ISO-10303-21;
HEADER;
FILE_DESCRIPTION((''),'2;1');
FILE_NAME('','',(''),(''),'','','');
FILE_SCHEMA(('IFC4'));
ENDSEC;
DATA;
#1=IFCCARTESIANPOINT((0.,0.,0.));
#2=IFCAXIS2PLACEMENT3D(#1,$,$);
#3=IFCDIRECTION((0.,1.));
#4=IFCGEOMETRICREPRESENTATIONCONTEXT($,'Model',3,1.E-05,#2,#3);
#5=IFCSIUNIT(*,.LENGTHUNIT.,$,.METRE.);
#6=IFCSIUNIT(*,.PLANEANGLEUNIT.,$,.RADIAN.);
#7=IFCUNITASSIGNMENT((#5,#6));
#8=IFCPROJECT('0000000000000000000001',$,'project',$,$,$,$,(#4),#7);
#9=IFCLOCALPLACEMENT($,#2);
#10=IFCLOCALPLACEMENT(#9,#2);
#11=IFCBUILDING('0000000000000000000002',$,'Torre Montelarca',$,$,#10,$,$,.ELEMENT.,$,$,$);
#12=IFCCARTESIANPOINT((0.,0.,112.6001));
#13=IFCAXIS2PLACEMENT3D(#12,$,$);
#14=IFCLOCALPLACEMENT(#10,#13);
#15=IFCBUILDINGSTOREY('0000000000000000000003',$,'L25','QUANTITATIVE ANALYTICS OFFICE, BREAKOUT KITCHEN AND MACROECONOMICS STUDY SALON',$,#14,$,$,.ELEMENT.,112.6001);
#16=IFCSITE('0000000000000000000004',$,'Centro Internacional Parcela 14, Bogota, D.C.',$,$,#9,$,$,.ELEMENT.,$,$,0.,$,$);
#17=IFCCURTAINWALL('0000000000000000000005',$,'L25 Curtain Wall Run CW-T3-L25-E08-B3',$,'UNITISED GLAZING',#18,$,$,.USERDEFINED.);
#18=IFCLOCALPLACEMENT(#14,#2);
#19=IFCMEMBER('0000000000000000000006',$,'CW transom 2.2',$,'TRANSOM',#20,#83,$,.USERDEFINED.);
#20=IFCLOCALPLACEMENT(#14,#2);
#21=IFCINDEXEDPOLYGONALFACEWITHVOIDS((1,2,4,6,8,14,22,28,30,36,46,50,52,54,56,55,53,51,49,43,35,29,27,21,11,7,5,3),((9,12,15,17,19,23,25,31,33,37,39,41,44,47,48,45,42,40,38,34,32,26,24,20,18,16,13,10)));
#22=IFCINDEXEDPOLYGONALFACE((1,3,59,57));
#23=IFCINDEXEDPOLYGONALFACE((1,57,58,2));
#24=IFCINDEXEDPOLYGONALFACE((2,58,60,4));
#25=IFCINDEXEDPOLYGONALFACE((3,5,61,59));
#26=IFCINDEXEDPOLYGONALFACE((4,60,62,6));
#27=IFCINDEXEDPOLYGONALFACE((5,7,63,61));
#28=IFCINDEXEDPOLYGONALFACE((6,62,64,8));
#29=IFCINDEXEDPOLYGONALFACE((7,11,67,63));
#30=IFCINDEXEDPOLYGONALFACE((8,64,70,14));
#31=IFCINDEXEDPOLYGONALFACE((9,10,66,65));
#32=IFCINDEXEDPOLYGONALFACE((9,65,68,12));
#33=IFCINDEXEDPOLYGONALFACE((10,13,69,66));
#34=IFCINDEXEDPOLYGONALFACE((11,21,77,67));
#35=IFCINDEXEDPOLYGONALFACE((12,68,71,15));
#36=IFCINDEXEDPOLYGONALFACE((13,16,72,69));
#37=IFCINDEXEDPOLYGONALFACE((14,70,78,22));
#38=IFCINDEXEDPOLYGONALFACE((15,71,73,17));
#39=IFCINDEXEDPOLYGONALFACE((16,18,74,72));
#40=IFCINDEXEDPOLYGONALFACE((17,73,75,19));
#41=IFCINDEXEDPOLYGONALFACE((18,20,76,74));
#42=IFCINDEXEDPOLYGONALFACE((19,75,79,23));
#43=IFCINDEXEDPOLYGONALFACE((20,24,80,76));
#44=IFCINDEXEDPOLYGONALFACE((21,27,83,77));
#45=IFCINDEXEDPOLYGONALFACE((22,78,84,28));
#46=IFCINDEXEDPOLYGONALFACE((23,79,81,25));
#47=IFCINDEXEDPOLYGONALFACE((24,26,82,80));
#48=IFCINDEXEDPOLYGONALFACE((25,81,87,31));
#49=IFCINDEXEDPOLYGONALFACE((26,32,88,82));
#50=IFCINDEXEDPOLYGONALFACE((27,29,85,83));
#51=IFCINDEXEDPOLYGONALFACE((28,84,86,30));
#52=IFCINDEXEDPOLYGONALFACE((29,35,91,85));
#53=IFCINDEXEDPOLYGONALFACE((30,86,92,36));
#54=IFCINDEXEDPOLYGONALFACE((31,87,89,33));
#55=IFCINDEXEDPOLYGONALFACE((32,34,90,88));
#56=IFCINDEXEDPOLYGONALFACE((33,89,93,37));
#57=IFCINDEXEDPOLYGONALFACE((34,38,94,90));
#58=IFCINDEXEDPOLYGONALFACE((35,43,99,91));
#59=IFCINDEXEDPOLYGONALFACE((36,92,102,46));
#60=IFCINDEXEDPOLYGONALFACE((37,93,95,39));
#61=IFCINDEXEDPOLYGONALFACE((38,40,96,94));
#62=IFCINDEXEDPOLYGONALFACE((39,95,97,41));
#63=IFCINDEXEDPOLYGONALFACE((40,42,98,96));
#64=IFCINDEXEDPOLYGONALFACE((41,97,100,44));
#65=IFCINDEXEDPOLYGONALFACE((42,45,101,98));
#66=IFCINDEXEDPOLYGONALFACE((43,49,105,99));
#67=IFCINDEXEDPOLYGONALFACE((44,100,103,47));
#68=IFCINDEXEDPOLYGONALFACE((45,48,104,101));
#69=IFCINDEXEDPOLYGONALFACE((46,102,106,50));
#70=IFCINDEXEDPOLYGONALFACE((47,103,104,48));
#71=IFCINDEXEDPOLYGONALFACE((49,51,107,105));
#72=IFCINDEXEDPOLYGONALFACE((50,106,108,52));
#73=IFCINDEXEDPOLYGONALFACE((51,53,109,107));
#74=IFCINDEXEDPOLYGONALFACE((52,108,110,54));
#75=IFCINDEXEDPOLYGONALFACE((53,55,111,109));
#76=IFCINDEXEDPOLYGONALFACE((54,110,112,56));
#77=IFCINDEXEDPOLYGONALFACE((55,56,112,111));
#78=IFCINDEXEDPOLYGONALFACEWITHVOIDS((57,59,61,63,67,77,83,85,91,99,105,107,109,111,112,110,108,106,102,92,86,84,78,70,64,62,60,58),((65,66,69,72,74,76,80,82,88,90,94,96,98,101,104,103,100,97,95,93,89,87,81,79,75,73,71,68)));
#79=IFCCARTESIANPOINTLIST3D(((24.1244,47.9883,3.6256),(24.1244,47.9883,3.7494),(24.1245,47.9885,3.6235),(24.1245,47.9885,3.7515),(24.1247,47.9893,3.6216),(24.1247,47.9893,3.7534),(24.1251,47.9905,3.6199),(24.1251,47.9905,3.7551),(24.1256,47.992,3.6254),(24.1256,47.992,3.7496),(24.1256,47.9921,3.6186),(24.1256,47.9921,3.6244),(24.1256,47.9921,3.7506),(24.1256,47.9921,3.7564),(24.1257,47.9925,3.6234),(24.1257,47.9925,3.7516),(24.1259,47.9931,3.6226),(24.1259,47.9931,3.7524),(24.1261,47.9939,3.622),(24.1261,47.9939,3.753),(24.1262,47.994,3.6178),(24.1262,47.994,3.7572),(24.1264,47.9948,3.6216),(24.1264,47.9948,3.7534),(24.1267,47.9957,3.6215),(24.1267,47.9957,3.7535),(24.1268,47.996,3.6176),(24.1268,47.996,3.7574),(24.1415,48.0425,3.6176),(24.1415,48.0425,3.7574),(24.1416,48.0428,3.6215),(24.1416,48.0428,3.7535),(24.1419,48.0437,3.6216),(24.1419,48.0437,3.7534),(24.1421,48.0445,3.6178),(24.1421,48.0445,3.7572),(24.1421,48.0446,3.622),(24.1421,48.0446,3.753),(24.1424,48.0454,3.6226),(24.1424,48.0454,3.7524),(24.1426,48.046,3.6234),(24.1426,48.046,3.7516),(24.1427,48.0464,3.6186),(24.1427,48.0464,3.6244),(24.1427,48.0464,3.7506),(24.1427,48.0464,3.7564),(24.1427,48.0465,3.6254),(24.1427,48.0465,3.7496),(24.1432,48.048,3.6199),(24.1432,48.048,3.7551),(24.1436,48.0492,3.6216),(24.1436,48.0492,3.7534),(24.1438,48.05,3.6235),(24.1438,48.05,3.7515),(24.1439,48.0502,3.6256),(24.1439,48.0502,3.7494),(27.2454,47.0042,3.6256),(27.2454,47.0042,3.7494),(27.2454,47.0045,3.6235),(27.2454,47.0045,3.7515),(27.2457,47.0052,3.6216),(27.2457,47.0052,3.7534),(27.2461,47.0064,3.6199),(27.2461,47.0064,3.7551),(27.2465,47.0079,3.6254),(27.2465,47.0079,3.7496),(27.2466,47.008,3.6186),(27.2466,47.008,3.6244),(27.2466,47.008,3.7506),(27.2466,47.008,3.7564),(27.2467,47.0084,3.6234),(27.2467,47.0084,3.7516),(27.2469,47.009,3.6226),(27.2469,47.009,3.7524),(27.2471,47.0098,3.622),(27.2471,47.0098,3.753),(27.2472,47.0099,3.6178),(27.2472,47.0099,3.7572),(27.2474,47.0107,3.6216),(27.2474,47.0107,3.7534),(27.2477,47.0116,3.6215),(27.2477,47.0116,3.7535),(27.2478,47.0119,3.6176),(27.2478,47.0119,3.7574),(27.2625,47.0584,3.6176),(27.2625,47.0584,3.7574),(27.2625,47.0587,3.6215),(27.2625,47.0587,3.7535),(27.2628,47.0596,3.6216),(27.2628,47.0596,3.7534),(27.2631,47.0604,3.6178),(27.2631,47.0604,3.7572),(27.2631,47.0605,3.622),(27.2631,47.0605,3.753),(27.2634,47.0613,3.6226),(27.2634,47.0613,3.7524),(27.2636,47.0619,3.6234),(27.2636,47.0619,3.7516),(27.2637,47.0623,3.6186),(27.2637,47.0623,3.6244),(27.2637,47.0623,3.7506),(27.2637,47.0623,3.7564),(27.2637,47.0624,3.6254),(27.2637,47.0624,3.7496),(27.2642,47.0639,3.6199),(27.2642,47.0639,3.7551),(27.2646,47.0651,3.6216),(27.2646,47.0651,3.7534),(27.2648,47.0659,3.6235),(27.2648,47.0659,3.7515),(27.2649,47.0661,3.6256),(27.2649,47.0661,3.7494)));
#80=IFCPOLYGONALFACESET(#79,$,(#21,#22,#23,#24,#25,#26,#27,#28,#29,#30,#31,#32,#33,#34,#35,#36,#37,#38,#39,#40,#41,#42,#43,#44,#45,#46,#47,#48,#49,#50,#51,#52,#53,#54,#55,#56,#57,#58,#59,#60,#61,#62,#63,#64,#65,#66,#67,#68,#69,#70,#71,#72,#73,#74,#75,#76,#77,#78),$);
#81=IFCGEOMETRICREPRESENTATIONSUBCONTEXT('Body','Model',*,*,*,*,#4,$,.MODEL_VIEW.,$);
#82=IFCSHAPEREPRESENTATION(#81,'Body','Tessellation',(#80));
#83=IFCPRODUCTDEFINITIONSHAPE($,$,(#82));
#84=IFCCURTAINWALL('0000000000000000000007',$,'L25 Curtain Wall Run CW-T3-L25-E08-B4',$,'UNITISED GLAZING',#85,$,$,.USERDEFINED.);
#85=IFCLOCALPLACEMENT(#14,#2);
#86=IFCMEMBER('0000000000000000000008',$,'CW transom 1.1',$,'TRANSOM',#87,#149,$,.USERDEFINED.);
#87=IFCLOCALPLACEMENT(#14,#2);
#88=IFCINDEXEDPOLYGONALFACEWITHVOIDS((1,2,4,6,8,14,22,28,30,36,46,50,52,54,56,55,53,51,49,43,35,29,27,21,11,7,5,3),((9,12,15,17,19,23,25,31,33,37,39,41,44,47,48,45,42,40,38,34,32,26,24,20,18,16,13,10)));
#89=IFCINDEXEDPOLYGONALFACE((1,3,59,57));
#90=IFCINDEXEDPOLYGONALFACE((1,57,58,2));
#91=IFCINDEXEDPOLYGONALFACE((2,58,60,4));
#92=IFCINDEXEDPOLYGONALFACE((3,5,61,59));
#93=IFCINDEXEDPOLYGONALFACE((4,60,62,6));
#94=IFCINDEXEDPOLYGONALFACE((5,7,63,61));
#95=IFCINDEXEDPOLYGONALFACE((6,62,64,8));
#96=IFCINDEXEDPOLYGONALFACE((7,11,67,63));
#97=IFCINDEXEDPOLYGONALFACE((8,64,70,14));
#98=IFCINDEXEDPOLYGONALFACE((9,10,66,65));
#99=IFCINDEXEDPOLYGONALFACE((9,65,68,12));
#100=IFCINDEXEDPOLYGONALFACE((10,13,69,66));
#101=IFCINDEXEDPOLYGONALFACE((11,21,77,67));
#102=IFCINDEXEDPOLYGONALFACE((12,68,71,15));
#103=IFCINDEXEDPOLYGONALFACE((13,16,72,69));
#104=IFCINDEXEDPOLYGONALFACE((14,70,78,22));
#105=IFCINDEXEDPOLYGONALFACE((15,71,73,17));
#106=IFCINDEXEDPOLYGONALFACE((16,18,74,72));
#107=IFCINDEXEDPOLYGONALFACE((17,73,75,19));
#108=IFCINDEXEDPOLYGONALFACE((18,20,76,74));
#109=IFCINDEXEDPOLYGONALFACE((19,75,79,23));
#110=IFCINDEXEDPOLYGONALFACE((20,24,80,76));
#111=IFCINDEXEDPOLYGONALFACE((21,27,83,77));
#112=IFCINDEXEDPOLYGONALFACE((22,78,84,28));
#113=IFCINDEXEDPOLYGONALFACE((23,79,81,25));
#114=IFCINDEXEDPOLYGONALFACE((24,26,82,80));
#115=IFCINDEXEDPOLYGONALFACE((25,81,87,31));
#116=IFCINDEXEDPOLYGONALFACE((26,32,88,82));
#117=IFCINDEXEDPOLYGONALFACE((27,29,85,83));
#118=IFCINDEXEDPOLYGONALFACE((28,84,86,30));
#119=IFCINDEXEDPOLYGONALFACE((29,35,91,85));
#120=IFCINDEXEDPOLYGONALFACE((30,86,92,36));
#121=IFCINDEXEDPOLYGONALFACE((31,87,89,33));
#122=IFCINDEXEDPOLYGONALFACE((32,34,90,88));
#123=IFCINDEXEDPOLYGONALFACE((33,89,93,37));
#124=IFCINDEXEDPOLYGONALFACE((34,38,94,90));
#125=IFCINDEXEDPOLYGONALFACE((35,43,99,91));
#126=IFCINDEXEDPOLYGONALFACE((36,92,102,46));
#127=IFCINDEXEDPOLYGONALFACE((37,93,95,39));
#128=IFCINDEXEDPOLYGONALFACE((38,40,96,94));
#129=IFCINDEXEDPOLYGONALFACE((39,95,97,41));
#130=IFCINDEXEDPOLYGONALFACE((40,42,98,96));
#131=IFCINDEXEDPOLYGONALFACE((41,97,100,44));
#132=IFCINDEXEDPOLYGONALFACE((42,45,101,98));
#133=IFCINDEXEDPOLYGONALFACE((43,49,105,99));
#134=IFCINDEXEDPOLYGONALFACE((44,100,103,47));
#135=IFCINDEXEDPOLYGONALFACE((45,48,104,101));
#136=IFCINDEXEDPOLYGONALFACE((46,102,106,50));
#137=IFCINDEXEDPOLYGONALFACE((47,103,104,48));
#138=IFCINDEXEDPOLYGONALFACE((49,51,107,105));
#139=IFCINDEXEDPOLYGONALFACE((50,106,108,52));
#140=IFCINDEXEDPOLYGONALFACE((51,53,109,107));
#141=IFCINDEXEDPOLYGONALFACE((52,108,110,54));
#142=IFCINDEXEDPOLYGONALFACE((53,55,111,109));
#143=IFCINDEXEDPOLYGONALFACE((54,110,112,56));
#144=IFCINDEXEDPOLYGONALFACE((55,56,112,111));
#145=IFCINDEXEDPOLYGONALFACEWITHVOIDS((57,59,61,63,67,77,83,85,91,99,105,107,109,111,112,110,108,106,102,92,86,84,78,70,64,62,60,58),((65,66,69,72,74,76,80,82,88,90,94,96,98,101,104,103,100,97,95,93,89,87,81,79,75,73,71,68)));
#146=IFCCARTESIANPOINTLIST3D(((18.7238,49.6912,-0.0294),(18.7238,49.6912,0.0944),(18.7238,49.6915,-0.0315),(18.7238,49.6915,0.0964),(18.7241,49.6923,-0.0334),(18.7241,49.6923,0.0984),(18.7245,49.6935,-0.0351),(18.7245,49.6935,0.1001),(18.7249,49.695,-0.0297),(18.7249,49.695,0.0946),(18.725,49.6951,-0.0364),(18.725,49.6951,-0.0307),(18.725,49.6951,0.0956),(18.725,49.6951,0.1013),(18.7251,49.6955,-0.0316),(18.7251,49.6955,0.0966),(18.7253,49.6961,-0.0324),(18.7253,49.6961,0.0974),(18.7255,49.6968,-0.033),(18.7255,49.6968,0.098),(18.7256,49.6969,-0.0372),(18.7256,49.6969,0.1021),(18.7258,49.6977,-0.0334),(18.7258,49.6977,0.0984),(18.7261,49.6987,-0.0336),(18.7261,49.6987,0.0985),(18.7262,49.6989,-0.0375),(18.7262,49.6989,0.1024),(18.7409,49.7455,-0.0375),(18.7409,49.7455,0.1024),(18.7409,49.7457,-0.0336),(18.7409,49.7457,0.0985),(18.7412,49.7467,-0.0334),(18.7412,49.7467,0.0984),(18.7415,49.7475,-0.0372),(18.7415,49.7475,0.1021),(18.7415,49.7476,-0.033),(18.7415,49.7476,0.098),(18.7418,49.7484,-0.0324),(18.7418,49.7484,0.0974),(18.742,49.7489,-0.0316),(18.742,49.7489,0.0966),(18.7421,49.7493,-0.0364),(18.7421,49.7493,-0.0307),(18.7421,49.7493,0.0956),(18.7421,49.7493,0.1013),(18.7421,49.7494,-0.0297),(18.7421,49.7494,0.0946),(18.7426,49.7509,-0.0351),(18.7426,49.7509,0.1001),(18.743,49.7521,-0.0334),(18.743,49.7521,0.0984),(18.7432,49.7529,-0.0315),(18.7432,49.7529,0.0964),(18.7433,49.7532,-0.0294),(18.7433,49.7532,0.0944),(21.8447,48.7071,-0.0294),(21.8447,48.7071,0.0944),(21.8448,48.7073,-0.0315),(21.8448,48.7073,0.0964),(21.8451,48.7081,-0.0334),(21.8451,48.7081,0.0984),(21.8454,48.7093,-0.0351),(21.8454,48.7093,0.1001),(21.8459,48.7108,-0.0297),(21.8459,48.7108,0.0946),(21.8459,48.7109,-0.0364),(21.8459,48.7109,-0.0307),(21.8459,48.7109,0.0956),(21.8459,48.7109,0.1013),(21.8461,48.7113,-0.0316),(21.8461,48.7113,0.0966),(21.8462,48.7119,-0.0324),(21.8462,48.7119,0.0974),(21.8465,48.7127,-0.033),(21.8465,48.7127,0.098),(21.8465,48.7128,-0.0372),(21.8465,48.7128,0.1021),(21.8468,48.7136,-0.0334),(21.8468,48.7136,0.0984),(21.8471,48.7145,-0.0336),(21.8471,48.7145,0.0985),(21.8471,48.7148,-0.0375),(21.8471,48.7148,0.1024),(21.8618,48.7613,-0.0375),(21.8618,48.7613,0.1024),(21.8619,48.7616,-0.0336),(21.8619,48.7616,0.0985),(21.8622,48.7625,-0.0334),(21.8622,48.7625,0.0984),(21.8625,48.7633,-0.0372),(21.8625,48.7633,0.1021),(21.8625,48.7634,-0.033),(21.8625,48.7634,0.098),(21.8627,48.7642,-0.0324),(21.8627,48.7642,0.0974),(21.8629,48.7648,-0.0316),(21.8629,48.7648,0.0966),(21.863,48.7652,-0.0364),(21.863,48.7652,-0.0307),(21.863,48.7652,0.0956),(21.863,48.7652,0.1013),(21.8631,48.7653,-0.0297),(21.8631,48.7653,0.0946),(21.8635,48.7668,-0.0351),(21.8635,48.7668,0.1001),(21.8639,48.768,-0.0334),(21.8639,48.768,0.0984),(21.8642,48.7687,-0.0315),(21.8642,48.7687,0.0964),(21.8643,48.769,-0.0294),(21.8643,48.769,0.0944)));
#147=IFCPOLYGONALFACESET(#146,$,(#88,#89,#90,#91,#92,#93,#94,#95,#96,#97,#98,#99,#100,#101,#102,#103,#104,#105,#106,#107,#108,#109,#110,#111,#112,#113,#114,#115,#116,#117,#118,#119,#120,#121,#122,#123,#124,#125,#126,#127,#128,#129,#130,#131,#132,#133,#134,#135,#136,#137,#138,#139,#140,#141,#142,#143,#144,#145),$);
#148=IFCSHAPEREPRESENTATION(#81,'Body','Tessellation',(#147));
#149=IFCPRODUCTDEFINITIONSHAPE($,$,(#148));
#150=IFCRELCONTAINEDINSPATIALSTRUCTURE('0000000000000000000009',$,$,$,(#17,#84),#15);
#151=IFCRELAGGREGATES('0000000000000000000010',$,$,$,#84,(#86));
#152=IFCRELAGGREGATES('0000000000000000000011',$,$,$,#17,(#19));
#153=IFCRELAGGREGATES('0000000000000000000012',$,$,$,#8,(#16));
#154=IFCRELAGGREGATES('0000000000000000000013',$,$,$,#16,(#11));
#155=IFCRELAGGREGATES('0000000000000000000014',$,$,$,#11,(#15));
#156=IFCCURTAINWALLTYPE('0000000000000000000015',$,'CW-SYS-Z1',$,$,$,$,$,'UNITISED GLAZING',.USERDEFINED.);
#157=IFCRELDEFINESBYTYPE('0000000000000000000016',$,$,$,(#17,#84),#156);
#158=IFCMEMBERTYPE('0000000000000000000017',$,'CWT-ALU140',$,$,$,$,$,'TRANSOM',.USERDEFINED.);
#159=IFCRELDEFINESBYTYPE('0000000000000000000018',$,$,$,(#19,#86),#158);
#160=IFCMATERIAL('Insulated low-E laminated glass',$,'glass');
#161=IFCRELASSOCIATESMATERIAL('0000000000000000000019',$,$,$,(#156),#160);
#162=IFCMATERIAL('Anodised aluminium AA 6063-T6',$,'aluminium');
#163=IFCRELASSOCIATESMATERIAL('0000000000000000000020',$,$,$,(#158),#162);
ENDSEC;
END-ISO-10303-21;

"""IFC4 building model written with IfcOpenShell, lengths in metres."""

from ifc_helpers import new_model, si_unit, direction, frame, origin, origin_2d, place, context, subcontext, project, spatial, hollow_rectangle, extrude, source, transform, mapped, material, material_profile, profile_set, type_object, element, aggregate, save


model = new_model("IFC4")

# Units and contexts
model_context = context("Model", 3, precision=1e-05, world=origin(), true_north=direction((0.0, 1.0)))
body_context = subcontext(model_context, "Body", "Model", "MODEL_VIEW")
ifc_project = project(units=[si_unit("LENGTHUNIT", "METRE"), si_unit("PLANEANGLEUNIT", "RADIAN")], contexts=[model_context])

# Site, building, storey
site_placement = place(None, origin())
site = spatial("IfcSite", under=ifc_project, at=site_placement, Name="Centro Internacional Parcela 14, Bogota, D.C.", CompositionType="ELEMENT", RefElevation=0.0)
building_placement = place(site_placement, origin())
building = spatial("IfcBuilding", under=site, at=building_placement, Name="Torre Montelarca", CompositionType="ELEMENT")
storey_placement = place(building_placement, frame((0.0, 0.0, 112.6001)))
storey = spatial("IfcBuildingStorey", under=building, at=storey_placement, Name="L25", Description="QUANTITATIVE ANALYTICS OFFICE, BREAKOUT KITCHEN AND MACROECONOMICS STUDY SALON", CompositionType="ELEMENT", Elevation=112.6001)

# Curtain walls, members
ifc_material_1 = material(Name="Insulated low-E laminated glass", Category="glass")
curtain_wall_type = type_object("IfcCurtainWallType", Name="CW-SYS-Z1", ElementType="UNITISED GLAZING", PredefinedType="USERDEFINED", material=ifc_material_1)
curtain_wall_1_placement = place(storey_placement, origin())
curtain_wall_1 = element("IfcCurtainWall", 1, at=curtain_wall_1_placement, inside=storey, type_object=curtain_wall_type, Name="L25 Curtain Wall Run CW-T3-L25-E08-B3", ObjectType="UNITISED GLAZING", PredefinedType="USERDEFINED")
ifc_material_2 = material(Name="Anodised aluminium AA 6063-T6", Category="aluminium")
ifc_material_profile_1 = material_profile(ifc_material_2, hollow_rectangle(XDim=0.0649, YDim=0.1399, WallThickness=0.0039, InnerFilletRadius=0.0039, OuterFilletRadius=0.0081, at=origin_2d()), Name="ALU65X140X4", Category="aluminium")
ifc_profile_set_1 = profile_set([ifc_material_profile_1], Name="Anodised aluminium AA 6063-T6")
member_type_1 = type_object("IfcMemberType", Name="CWT-ALU140", ElementType="TRANSOM", PredefinedType="USERDEFINED", material=ifc_profile_set_1)
shared_shape_1 = source(origin(), body_context, "Body", "SweptSolid", [
    extrude(hollow_rectangle(XDim=0.0649, YDim=0.1399, WallThickness=0.0039, InnerFilletRadius=0.0039, OuterFilletRadius=0.0081, at=origin_2d()), origin(), (0.0, 0.0, 1.0), 3.2725),
])
member_1_placement = place(storey_placement, frame((27.2551, 47.0352, 3.6875), z_axis=(-0.953712, 0.300721, 0.0), x_axis=(-0.300721, -0.953712, 0.0)))
member_1 = element("IfcMember", 2, at=member_1_placement, type_object=member_type_1, Name="CW transom 2.2", ObjectType="TRANSOM", PredefinedType="USERDEFINED", context=body_context, shape_type="MappedRepresentation", body=[
    mapped(shared_shape_1, transform((0.0, 0.0, 0.0), scale=1.0)),
])
curtain_wall_2_placement = place(storey_placement, origin())
curtain_wall_2 = element("IfcCurtainWall", 3, at=curtain_wall_2_placement, inside=storey, type_object=curtain_wall_type, Name="L25 Curtain Wall Run CW-T3-L25-E08-B4", ObjectType="UNITISED GLAZING", PredefinedType="USERDEFINED")
member_2_placement = place(storey_placement, frame((21.8545, 48.738, 0.0325), z_axis=(-0.953705, 0.300742, 0.0), x_axis=(-0.300742, -0.953705, 0.0)))
member_2 = element("IfcMember", 4, at=member_2_placement, type_object=member_type_1, Name="CW transom 1.1", ObjectType="TRANSOM", PredefinedType="USERDEFINED", context=body_context, shape_type="MappedRepresentation", body=[
    mapped(shared_shape_1, transform((0.0, 0.0, 0.0), scale=1.0)),
])

aggregate(curtain_wall_2, [member_2])

aggregate(curtain_wall_1, [member_1])

save(model, "model.ifc")
